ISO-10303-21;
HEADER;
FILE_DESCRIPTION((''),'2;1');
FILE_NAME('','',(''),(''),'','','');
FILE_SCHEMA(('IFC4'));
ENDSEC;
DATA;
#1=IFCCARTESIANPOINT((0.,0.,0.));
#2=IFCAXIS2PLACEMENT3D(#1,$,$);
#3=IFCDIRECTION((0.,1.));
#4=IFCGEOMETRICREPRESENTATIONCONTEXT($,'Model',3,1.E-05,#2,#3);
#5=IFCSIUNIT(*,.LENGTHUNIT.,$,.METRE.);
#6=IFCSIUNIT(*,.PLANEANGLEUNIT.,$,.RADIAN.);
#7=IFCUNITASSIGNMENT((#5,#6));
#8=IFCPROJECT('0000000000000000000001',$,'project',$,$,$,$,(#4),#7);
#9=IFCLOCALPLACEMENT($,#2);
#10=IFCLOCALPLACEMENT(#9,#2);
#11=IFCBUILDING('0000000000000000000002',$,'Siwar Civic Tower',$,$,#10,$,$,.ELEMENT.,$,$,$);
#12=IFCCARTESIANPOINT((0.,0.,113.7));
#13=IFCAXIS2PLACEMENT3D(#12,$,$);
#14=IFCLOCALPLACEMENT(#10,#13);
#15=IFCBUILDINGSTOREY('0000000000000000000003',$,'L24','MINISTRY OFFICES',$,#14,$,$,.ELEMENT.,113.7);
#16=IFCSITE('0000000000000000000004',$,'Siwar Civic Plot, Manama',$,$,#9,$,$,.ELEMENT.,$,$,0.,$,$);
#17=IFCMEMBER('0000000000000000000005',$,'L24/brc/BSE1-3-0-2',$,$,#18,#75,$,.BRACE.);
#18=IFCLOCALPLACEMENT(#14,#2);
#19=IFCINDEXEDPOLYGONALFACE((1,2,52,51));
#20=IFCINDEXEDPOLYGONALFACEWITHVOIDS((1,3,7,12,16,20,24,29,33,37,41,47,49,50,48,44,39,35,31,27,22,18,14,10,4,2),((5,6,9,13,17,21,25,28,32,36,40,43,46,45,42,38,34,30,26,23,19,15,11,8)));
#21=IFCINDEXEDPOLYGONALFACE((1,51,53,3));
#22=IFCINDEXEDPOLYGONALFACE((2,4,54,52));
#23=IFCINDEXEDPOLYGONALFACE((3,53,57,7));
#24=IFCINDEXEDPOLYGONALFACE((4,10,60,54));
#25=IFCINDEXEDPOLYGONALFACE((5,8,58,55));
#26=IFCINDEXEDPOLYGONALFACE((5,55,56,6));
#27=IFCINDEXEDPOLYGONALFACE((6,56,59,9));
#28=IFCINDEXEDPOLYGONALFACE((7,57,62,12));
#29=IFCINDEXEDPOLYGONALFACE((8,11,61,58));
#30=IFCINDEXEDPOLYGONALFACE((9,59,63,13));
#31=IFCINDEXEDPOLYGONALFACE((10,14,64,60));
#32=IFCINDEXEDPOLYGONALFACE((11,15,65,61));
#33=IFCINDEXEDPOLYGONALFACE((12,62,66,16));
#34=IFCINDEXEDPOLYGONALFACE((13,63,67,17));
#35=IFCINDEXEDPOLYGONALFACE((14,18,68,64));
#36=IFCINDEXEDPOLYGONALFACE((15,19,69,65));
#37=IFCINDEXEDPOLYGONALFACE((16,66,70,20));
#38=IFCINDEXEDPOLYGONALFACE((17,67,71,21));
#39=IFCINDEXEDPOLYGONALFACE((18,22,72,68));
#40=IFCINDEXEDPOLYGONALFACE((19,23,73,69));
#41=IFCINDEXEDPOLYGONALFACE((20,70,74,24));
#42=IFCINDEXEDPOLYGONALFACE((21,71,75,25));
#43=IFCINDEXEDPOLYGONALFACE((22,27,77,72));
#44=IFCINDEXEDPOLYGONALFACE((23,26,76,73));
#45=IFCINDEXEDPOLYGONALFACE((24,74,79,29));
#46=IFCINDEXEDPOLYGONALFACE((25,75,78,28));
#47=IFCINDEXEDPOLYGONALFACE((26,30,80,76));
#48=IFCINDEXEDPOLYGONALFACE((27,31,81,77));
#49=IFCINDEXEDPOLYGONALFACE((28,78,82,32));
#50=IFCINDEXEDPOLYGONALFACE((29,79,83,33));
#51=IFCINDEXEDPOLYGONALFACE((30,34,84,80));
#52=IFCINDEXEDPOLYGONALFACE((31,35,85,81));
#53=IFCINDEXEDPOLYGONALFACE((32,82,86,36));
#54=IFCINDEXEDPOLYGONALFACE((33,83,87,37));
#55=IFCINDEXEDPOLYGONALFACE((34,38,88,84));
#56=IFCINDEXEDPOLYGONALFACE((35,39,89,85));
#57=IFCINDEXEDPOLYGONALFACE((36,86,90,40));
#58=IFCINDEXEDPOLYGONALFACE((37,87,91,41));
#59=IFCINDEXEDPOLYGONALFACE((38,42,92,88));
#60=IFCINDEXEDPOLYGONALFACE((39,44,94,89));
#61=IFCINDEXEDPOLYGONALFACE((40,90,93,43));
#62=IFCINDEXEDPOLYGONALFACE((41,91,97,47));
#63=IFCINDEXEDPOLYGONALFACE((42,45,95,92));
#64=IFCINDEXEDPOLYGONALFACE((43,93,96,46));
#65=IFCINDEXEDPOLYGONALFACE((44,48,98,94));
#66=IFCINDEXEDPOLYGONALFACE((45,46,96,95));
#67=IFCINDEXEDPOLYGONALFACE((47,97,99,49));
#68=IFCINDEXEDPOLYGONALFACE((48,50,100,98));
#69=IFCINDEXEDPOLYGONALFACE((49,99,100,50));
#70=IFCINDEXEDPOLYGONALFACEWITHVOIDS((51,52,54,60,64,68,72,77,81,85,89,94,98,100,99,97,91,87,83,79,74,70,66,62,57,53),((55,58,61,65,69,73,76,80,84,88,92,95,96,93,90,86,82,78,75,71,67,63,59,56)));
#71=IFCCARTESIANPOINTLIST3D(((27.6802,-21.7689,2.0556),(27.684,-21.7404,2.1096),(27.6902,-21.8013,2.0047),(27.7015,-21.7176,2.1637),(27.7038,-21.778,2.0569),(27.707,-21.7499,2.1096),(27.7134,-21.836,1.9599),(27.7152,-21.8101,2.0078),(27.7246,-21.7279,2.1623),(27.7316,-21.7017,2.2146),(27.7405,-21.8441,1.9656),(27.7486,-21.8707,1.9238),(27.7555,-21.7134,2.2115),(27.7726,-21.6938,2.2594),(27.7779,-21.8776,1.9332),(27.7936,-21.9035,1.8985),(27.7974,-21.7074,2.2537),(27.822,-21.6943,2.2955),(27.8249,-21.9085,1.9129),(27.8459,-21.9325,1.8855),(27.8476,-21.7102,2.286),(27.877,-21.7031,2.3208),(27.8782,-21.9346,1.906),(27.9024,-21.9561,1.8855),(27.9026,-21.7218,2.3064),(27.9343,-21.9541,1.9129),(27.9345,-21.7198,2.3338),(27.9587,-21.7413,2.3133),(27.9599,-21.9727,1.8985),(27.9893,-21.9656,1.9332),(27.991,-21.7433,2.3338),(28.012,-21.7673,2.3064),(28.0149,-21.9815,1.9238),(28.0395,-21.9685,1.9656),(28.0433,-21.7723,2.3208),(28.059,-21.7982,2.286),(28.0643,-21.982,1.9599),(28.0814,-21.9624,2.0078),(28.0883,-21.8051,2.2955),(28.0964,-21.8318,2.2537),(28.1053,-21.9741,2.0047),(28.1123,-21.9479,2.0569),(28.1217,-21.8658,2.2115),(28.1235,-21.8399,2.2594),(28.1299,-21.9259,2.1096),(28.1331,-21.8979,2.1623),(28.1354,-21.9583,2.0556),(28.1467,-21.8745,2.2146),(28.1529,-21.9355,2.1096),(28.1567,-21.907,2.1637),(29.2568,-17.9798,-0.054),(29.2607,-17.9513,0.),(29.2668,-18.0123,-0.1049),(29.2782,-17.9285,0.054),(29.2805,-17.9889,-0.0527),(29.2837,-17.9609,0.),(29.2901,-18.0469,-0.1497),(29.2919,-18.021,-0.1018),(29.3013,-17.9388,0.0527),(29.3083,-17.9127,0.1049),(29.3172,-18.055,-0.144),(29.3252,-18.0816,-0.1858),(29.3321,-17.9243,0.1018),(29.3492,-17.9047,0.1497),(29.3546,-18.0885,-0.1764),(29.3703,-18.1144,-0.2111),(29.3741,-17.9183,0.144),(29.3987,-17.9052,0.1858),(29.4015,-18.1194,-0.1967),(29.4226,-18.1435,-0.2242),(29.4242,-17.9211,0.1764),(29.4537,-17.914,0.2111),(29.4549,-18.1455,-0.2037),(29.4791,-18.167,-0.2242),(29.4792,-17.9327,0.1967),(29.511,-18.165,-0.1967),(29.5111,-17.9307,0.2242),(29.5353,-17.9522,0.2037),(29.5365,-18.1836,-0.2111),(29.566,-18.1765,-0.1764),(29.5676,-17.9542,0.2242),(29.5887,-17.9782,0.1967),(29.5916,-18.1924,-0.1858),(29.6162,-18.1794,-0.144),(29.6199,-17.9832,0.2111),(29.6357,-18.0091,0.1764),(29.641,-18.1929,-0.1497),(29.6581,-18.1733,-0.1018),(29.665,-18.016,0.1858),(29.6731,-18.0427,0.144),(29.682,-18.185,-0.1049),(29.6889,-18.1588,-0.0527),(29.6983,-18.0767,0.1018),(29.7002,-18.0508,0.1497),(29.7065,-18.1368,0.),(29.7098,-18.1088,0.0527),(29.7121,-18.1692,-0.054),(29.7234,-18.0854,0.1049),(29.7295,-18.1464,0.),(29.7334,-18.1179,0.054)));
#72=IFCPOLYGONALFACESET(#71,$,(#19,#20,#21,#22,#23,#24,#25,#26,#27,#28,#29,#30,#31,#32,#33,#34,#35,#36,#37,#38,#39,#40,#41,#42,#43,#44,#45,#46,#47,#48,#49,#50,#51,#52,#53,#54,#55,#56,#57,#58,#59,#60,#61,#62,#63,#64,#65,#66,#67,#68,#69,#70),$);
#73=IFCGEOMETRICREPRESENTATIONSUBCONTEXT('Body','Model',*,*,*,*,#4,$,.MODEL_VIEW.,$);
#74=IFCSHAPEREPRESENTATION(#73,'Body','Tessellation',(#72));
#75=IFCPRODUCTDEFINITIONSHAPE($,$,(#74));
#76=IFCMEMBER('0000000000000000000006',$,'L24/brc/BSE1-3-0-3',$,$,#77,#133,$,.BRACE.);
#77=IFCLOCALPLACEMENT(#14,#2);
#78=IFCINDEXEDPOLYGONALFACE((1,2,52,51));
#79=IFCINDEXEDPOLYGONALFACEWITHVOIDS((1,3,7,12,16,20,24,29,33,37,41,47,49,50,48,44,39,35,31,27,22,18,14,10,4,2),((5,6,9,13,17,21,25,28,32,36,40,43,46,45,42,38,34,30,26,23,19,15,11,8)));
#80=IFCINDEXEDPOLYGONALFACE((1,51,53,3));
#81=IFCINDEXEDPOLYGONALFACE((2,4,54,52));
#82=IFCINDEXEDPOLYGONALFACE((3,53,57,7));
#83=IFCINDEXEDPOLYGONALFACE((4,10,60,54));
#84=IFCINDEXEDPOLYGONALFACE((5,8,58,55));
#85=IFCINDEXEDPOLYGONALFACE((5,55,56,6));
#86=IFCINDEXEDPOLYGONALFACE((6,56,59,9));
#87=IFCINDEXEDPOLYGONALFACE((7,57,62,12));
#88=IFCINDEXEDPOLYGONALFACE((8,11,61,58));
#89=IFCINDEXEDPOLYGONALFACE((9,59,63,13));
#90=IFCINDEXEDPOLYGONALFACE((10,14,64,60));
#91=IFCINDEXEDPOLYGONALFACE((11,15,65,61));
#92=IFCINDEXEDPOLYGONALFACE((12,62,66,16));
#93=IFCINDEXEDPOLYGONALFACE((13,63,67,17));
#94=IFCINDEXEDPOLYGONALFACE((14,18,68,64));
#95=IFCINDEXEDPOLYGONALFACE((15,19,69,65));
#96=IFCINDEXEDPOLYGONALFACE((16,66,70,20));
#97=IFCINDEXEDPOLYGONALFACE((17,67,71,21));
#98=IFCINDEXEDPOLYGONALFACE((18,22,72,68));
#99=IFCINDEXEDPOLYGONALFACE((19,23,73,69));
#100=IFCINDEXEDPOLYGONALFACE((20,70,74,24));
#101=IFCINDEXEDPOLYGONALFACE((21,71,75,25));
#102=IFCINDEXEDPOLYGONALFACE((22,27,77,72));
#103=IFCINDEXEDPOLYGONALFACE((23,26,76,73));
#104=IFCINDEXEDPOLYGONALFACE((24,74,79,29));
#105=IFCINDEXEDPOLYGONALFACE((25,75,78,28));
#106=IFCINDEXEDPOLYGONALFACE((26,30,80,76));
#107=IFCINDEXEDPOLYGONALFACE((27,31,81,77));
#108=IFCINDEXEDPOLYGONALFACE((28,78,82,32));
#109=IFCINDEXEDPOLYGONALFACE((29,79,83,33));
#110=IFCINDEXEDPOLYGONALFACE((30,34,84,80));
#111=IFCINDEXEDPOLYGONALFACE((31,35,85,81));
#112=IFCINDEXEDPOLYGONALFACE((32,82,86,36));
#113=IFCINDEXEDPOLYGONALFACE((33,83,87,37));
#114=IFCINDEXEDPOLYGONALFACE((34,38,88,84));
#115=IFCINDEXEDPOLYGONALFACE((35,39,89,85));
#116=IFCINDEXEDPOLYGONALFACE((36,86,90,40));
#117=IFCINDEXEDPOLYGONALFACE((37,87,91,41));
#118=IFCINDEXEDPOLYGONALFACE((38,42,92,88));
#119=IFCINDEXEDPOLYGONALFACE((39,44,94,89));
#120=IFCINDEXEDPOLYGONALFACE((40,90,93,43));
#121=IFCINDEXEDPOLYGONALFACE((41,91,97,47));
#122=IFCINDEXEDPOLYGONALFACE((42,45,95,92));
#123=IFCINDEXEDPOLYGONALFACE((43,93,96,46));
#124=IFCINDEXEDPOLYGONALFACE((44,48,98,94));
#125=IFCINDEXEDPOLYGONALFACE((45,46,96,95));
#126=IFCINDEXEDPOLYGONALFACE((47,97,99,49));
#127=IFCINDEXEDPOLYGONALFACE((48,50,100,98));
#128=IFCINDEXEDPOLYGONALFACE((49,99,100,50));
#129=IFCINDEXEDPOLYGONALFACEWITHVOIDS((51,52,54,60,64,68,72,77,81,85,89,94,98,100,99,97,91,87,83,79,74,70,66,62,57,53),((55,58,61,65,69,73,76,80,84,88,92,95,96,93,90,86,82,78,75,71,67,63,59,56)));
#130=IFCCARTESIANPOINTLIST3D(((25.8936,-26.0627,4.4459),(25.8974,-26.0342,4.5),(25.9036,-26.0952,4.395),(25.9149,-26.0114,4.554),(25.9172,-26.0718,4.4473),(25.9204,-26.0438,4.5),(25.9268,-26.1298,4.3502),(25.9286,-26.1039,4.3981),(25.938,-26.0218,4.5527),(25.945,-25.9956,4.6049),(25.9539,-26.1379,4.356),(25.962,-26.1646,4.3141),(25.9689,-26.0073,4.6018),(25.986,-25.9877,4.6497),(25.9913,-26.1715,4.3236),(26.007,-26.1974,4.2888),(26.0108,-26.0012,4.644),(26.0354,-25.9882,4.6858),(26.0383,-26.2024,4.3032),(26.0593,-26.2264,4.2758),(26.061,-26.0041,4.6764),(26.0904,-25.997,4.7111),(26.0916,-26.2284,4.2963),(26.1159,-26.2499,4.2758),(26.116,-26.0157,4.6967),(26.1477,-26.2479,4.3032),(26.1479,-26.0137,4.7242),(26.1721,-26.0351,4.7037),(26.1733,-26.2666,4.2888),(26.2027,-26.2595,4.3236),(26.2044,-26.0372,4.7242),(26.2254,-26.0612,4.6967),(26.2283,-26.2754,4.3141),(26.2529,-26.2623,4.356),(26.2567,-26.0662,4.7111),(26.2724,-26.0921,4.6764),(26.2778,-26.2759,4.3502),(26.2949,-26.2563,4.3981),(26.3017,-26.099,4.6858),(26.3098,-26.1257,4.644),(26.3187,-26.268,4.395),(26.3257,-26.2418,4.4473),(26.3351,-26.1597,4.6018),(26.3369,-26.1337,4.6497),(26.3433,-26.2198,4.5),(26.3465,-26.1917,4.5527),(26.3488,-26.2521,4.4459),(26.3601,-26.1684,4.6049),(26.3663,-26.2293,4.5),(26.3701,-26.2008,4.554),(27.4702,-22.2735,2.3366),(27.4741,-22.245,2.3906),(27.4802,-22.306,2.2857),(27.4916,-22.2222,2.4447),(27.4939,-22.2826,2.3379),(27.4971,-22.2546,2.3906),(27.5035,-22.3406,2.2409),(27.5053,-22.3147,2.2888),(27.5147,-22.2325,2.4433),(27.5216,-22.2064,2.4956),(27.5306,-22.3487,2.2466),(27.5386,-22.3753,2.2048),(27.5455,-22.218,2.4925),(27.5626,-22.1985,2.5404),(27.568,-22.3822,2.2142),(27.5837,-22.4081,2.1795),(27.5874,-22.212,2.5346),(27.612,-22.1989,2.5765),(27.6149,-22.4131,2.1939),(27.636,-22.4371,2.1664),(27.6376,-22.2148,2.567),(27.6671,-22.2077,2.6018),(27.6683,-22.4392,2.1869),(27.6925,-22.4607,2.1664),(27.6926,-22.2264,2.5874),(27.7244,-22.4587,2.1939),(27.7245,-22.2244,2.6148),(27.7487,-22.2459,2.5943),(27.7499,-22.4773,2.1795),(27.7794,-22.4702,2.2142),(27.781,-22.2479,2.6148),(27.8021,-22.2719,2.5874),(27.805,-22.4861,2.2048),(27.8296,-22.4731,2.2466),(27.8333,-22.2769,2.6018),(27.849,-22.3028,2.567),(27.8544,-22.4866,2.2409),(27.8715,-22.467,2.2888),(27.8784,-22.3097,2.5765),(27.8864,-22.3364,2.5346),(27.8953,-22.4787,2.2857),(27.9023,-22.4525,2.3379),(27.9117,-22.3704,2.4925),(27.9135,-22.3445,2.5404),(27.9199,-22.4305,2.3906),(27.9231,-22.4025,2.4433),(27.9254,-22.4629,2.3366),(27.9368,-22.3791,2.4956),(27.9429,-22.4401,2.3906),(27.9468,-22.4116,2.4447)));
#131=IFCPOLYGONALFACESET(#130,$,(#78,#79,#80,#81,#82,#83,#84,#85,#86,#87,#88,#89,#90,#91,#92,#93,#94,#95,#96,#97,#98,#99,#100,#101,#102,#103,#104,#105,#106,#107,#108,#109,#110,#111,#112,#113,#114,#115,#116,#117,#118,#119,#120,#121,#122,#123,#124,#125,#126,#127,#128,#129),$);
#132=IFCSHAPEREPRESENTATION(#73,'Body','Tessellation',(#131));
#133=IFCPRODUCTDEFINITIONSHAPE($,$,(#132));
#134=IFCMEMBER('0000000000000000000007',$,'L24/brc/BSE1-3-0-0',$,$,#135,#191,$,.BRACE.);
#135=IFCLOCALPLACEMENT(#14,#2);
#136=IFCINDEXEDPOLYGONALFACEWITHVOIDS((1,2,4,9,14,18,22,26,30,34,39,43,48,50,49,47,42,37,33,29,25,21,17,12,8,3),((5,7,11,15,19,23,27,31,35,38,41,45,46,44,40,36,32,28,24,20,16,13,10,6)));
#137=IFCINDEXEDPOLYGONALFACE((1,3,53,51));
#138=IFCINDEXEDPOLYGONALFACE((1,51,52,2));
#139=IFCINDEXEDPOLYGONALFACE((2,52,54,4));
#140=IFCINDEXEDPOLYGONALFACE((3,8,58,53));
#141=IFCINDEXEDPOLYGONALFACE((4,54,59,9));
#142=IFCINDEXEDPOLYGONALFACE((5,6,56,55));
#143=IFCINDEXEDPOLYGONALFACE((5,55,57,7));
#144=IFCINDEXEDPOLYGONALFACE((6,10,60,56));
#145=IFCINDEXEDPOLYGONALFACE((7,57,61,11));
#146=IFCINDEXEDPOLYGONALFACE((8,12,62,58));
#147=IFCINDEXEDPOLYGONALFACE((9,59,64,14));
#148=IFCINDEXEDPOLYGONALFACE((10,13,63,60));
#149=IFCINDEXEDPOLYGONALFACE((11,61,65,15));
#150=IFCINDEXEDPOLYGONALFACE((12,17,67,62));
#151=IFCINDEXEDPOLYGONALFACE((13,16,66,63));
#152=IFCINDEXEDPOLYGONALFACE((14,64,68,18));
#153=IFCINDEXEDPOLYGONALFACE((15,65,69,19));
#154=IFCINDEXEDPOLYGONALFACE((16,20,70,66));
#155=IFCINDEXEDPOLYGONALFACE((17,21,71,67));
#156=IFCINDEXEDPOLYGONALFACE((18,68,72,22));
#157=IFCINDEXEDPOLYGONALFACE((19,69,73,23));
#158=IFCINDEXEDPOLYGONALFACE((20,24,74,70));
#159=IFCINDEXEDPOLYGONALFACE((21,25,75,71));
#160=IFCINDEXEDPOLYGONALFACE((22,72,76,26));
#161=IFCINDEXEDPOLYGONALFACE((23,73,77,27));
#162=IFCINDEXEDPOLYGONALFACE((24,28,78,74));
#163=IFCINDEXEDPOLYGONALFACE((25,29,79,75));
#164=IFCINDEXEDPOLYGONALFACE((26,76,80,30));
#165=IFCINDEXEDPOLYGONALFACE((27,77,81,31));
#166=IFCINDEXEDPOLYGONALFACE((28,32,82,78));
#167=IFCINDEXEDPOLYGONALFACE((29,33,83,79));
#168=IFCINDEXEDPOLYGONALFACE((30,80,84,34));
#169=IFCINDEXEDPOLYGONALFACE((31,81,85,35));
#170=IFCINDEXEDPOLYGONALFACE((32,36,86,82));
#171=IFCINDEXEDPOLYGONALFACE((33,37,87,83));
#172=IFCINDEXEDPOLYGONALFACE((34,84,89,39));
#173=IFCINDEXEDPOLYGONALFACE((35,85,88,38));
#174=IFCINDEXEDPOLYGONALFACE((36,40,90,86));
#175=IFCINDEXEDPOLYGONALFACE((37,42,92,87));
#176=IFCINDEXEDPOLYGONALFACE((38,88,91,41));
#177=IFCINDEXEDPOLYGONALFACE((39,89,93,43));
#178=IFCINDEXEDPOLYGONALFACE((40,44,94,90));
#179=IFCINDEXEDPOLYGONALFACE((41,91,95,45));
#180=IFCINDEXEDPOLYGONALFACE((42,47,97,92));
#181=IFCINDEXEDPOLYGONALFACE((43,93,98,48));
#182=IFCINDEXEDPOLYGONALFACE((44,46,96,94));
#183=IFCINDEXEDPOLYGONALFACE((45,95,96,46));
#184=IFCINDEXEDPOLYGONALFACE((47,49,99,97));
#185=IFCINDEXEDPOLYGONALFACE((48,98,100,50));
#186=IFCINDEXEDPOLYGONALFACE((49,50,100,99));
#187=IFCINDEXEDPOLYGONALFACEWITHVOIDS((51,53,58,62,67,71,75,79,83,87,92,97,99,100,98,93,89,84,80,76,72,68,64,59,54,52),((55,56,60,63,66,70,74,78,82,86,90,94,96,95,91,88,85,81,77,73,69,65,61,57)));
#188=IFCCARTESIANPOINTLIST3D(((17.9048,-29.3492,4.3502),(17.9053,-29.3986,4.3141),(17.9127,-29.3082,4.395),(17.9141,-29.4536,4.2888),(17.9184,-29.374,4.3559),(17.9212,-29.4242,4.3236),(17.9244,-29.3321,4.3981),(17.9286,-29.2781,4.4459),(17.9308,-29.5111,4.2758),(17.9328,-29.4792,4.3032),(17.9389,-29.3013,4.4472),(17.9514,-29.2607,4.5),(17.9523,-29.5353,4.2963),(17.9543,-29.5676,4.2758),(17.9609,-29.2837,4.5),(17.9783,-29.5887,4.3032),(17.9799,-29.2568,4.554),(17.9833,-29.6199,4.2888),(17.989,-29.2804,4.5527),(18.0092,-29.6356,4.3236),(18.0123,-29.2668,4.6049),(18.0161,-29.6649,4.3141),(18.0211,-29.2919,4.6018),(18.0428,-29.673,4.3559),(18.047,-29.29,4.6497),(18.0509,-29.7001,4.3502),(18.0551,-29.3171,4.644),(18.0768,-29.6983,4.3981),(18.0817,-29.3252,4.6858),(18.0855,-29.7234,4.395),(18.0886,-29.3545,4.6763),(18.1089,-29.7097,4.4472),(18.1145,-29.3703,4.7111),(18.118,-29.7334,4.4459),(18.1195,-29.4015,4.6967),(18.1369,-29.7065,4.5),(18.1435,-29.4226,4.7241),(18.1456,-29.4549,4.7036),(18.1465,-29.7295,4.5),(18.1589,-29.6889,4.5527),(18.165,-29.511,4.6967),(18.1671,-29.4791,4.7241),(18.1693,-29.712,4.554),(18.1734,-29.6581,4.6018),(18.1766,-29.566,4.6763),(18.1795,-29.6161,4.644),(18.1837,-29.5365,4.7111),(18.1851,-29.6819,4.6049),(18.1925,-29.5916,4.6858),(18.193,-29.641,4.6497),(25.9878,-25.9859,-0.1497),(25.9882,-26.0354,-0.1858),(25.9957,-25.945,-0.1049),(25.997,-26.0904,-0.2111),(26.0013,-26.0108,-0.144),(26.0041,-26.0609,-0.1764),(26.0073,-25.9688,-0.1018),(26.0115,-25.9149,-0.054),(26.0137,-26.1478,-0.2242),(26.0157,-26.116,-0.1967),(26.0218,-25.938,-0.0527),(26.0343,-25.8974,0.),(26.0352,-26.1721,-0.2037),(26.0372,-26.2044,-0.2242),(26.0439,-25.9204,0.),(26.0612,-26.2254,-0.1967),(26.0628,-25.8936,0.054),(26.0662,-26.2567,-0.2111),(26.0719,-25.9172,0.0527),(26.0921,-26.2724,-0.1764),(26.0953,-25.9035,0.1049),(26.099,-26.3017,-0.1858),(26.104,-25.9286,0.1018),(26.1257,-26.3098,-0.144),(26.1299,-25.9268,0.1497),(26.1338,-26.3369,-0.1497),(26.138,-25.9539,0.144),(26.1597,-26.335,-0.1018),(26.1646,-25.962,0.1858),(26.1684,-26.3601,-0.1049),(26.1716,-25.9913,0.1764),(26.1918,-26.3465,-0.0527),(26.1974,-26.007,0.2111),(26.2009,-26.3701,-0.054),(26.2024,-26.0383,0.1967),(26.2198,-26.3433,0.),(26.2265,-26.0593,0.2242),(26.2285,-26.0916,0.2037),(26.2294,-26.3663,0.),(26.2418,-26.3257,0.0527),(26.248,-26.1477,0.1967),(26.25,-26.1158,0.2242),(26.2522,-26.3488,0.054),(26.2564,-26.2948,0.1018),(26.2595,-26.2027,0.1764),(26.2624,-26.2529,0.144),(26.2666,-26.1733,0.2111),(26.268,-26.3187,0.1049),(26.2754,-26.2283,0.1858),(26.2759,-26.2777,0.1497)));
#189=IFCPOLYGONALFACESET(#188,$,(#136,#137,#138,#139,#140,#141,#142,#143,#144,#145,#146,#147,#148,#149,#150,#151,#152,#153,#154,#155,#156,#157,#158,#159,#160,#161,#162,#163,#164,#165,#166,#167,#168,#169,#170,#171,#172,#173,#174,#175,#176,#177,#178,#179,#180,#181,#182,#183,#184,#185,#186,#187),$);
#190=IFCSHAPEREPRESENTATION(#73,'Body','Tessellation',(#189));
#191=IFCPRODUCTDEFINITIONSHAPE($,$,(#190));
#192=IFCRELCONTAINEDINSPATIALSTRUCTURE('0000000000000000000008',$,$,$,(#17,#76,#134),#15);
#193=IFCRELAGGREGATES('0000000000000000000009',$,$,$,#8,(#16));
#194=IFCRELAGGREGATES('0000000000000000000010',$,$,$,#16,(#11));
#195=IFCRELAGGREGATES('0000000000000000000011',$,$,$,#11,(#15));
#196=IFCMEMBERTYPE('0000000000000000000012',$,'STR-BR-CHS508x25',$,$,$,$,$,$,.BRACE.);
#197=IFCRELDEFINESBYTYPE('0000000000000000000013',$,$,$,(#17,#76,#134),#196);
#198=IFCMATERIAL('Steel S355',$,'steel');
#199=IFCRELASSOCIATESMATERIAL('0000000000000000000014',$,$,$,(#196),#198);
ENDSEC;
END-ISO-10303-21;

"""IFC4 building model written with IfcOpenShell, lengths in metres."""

from ifc_helpers import new_model, si_unit, direction, frame, origin, origin_2d, place, context, subcontext, project, spatial, hollow_circle, extrude, material, material_profile, profile_set, type_object, element, save


model = new_model("IFC4")

# Units and contexts
model_context = context("Model", 3, precision=1e-05, world=origin(), true_north=direction((0.0, 1.0)))
body_context = subcontext(model_context, "Body", "Model", "MODEL_VIEW")
ifc_project = project(units=[si_unit("LENGTHUNIT", "METRE"), si_unit("PLANEANGLEUNIT", "RADIAN")], contexts=[model_context])

# Site, building, storey
site_placement = place(None, origin())
site = spatial("IfcSite", under=ifc_project, at=site_placement, Name="Siwar Civic Plot, Manama", CompositionType="ELEMENT", RefElevation=0.0)
building_placement = place(site_placement, origin())
building = spatial("IfcBuilding", under=site, at=building_placement, Name="Siwar Civic Tower", CompositionType="ELEMENT")
storey_placement = place(building_placement, frame((0.0, 0.0, 113.7)))
storey = spatial("IfcBuildingStorey", under=building, at=storey_placement, Name="L24", Description="MINISTRY OFFICES", CompositionType="ELEMENT", Elevation=113.7)

# Members
ifc_material_1 = material(Name="Steel S355", Category="steel")
ifc_material_profile_1 = material_profile(ifc_material_1, hollow_circle(Radius=0.2539, WallThickness=0.0249, at=origin_2d()), Name="CHS508x25")
ifc_profile_set_1 = profile_set([ifc_material_profile_1], Name="Steel S355")
member_type_1 = type_object("IfcMemberType", Name="STR-BR-CHS508x25", PredefinedType="BRACE", material=ifc_profile_set_1)
for number, where, z_axis, x_axis, name in (
    (1, (29.4951, -18.0488, 0.0), (-0.341677, -0.821126, 0.457175), (0.92326, -0.384176, 0.0), "L24/brc/BSE1-3-0-2"),
    (2, (27.7085, -22.3425, 2.3906), (-0.341671, -0.821163, 0.457113), (0.923269, -0.384155, 0.0), "L24/brc/BSE1-3-0-3"),
):
    element("IfcMember", number, at=place(storey_placement, frame(where, z_axis=z_axis, x_axis=x_axis)), inside=storey, type_object=member_type_1, Name=name, PredefinedType="BRACE", context=body_context, shape_type="SweptSolid", body=[
        extrude(hollow_circle(Radius=0.2539, WallThickness=0.0249, at=origin_2d()), origin(), (0.0, 0.0, 1.0), 4.6145),
    ])
member_1_placement = place(storey_placement, frame((26.1318, -26.1318, 0.0), z_axis=(-0.821143, -0.341671, 0.457149), x_axis=(0.384164, -0.923265, 0.0)))
element("IfcMember", 3, at=member_1_placement, inside=storey, type_object=member_type_1, Name="L24/brc/BSE1-3-0-0", PredefinedType="BRACE", context=body_context, shape_type="SweptSolid", body=[
    extrude(hollow_circle(Radius=0.2539, WallThickness=0.0249, at=origin_2d()), origin(), (0.0, 0.0, 1.0), 9.8435),
])

save(model, "model.ifc")
